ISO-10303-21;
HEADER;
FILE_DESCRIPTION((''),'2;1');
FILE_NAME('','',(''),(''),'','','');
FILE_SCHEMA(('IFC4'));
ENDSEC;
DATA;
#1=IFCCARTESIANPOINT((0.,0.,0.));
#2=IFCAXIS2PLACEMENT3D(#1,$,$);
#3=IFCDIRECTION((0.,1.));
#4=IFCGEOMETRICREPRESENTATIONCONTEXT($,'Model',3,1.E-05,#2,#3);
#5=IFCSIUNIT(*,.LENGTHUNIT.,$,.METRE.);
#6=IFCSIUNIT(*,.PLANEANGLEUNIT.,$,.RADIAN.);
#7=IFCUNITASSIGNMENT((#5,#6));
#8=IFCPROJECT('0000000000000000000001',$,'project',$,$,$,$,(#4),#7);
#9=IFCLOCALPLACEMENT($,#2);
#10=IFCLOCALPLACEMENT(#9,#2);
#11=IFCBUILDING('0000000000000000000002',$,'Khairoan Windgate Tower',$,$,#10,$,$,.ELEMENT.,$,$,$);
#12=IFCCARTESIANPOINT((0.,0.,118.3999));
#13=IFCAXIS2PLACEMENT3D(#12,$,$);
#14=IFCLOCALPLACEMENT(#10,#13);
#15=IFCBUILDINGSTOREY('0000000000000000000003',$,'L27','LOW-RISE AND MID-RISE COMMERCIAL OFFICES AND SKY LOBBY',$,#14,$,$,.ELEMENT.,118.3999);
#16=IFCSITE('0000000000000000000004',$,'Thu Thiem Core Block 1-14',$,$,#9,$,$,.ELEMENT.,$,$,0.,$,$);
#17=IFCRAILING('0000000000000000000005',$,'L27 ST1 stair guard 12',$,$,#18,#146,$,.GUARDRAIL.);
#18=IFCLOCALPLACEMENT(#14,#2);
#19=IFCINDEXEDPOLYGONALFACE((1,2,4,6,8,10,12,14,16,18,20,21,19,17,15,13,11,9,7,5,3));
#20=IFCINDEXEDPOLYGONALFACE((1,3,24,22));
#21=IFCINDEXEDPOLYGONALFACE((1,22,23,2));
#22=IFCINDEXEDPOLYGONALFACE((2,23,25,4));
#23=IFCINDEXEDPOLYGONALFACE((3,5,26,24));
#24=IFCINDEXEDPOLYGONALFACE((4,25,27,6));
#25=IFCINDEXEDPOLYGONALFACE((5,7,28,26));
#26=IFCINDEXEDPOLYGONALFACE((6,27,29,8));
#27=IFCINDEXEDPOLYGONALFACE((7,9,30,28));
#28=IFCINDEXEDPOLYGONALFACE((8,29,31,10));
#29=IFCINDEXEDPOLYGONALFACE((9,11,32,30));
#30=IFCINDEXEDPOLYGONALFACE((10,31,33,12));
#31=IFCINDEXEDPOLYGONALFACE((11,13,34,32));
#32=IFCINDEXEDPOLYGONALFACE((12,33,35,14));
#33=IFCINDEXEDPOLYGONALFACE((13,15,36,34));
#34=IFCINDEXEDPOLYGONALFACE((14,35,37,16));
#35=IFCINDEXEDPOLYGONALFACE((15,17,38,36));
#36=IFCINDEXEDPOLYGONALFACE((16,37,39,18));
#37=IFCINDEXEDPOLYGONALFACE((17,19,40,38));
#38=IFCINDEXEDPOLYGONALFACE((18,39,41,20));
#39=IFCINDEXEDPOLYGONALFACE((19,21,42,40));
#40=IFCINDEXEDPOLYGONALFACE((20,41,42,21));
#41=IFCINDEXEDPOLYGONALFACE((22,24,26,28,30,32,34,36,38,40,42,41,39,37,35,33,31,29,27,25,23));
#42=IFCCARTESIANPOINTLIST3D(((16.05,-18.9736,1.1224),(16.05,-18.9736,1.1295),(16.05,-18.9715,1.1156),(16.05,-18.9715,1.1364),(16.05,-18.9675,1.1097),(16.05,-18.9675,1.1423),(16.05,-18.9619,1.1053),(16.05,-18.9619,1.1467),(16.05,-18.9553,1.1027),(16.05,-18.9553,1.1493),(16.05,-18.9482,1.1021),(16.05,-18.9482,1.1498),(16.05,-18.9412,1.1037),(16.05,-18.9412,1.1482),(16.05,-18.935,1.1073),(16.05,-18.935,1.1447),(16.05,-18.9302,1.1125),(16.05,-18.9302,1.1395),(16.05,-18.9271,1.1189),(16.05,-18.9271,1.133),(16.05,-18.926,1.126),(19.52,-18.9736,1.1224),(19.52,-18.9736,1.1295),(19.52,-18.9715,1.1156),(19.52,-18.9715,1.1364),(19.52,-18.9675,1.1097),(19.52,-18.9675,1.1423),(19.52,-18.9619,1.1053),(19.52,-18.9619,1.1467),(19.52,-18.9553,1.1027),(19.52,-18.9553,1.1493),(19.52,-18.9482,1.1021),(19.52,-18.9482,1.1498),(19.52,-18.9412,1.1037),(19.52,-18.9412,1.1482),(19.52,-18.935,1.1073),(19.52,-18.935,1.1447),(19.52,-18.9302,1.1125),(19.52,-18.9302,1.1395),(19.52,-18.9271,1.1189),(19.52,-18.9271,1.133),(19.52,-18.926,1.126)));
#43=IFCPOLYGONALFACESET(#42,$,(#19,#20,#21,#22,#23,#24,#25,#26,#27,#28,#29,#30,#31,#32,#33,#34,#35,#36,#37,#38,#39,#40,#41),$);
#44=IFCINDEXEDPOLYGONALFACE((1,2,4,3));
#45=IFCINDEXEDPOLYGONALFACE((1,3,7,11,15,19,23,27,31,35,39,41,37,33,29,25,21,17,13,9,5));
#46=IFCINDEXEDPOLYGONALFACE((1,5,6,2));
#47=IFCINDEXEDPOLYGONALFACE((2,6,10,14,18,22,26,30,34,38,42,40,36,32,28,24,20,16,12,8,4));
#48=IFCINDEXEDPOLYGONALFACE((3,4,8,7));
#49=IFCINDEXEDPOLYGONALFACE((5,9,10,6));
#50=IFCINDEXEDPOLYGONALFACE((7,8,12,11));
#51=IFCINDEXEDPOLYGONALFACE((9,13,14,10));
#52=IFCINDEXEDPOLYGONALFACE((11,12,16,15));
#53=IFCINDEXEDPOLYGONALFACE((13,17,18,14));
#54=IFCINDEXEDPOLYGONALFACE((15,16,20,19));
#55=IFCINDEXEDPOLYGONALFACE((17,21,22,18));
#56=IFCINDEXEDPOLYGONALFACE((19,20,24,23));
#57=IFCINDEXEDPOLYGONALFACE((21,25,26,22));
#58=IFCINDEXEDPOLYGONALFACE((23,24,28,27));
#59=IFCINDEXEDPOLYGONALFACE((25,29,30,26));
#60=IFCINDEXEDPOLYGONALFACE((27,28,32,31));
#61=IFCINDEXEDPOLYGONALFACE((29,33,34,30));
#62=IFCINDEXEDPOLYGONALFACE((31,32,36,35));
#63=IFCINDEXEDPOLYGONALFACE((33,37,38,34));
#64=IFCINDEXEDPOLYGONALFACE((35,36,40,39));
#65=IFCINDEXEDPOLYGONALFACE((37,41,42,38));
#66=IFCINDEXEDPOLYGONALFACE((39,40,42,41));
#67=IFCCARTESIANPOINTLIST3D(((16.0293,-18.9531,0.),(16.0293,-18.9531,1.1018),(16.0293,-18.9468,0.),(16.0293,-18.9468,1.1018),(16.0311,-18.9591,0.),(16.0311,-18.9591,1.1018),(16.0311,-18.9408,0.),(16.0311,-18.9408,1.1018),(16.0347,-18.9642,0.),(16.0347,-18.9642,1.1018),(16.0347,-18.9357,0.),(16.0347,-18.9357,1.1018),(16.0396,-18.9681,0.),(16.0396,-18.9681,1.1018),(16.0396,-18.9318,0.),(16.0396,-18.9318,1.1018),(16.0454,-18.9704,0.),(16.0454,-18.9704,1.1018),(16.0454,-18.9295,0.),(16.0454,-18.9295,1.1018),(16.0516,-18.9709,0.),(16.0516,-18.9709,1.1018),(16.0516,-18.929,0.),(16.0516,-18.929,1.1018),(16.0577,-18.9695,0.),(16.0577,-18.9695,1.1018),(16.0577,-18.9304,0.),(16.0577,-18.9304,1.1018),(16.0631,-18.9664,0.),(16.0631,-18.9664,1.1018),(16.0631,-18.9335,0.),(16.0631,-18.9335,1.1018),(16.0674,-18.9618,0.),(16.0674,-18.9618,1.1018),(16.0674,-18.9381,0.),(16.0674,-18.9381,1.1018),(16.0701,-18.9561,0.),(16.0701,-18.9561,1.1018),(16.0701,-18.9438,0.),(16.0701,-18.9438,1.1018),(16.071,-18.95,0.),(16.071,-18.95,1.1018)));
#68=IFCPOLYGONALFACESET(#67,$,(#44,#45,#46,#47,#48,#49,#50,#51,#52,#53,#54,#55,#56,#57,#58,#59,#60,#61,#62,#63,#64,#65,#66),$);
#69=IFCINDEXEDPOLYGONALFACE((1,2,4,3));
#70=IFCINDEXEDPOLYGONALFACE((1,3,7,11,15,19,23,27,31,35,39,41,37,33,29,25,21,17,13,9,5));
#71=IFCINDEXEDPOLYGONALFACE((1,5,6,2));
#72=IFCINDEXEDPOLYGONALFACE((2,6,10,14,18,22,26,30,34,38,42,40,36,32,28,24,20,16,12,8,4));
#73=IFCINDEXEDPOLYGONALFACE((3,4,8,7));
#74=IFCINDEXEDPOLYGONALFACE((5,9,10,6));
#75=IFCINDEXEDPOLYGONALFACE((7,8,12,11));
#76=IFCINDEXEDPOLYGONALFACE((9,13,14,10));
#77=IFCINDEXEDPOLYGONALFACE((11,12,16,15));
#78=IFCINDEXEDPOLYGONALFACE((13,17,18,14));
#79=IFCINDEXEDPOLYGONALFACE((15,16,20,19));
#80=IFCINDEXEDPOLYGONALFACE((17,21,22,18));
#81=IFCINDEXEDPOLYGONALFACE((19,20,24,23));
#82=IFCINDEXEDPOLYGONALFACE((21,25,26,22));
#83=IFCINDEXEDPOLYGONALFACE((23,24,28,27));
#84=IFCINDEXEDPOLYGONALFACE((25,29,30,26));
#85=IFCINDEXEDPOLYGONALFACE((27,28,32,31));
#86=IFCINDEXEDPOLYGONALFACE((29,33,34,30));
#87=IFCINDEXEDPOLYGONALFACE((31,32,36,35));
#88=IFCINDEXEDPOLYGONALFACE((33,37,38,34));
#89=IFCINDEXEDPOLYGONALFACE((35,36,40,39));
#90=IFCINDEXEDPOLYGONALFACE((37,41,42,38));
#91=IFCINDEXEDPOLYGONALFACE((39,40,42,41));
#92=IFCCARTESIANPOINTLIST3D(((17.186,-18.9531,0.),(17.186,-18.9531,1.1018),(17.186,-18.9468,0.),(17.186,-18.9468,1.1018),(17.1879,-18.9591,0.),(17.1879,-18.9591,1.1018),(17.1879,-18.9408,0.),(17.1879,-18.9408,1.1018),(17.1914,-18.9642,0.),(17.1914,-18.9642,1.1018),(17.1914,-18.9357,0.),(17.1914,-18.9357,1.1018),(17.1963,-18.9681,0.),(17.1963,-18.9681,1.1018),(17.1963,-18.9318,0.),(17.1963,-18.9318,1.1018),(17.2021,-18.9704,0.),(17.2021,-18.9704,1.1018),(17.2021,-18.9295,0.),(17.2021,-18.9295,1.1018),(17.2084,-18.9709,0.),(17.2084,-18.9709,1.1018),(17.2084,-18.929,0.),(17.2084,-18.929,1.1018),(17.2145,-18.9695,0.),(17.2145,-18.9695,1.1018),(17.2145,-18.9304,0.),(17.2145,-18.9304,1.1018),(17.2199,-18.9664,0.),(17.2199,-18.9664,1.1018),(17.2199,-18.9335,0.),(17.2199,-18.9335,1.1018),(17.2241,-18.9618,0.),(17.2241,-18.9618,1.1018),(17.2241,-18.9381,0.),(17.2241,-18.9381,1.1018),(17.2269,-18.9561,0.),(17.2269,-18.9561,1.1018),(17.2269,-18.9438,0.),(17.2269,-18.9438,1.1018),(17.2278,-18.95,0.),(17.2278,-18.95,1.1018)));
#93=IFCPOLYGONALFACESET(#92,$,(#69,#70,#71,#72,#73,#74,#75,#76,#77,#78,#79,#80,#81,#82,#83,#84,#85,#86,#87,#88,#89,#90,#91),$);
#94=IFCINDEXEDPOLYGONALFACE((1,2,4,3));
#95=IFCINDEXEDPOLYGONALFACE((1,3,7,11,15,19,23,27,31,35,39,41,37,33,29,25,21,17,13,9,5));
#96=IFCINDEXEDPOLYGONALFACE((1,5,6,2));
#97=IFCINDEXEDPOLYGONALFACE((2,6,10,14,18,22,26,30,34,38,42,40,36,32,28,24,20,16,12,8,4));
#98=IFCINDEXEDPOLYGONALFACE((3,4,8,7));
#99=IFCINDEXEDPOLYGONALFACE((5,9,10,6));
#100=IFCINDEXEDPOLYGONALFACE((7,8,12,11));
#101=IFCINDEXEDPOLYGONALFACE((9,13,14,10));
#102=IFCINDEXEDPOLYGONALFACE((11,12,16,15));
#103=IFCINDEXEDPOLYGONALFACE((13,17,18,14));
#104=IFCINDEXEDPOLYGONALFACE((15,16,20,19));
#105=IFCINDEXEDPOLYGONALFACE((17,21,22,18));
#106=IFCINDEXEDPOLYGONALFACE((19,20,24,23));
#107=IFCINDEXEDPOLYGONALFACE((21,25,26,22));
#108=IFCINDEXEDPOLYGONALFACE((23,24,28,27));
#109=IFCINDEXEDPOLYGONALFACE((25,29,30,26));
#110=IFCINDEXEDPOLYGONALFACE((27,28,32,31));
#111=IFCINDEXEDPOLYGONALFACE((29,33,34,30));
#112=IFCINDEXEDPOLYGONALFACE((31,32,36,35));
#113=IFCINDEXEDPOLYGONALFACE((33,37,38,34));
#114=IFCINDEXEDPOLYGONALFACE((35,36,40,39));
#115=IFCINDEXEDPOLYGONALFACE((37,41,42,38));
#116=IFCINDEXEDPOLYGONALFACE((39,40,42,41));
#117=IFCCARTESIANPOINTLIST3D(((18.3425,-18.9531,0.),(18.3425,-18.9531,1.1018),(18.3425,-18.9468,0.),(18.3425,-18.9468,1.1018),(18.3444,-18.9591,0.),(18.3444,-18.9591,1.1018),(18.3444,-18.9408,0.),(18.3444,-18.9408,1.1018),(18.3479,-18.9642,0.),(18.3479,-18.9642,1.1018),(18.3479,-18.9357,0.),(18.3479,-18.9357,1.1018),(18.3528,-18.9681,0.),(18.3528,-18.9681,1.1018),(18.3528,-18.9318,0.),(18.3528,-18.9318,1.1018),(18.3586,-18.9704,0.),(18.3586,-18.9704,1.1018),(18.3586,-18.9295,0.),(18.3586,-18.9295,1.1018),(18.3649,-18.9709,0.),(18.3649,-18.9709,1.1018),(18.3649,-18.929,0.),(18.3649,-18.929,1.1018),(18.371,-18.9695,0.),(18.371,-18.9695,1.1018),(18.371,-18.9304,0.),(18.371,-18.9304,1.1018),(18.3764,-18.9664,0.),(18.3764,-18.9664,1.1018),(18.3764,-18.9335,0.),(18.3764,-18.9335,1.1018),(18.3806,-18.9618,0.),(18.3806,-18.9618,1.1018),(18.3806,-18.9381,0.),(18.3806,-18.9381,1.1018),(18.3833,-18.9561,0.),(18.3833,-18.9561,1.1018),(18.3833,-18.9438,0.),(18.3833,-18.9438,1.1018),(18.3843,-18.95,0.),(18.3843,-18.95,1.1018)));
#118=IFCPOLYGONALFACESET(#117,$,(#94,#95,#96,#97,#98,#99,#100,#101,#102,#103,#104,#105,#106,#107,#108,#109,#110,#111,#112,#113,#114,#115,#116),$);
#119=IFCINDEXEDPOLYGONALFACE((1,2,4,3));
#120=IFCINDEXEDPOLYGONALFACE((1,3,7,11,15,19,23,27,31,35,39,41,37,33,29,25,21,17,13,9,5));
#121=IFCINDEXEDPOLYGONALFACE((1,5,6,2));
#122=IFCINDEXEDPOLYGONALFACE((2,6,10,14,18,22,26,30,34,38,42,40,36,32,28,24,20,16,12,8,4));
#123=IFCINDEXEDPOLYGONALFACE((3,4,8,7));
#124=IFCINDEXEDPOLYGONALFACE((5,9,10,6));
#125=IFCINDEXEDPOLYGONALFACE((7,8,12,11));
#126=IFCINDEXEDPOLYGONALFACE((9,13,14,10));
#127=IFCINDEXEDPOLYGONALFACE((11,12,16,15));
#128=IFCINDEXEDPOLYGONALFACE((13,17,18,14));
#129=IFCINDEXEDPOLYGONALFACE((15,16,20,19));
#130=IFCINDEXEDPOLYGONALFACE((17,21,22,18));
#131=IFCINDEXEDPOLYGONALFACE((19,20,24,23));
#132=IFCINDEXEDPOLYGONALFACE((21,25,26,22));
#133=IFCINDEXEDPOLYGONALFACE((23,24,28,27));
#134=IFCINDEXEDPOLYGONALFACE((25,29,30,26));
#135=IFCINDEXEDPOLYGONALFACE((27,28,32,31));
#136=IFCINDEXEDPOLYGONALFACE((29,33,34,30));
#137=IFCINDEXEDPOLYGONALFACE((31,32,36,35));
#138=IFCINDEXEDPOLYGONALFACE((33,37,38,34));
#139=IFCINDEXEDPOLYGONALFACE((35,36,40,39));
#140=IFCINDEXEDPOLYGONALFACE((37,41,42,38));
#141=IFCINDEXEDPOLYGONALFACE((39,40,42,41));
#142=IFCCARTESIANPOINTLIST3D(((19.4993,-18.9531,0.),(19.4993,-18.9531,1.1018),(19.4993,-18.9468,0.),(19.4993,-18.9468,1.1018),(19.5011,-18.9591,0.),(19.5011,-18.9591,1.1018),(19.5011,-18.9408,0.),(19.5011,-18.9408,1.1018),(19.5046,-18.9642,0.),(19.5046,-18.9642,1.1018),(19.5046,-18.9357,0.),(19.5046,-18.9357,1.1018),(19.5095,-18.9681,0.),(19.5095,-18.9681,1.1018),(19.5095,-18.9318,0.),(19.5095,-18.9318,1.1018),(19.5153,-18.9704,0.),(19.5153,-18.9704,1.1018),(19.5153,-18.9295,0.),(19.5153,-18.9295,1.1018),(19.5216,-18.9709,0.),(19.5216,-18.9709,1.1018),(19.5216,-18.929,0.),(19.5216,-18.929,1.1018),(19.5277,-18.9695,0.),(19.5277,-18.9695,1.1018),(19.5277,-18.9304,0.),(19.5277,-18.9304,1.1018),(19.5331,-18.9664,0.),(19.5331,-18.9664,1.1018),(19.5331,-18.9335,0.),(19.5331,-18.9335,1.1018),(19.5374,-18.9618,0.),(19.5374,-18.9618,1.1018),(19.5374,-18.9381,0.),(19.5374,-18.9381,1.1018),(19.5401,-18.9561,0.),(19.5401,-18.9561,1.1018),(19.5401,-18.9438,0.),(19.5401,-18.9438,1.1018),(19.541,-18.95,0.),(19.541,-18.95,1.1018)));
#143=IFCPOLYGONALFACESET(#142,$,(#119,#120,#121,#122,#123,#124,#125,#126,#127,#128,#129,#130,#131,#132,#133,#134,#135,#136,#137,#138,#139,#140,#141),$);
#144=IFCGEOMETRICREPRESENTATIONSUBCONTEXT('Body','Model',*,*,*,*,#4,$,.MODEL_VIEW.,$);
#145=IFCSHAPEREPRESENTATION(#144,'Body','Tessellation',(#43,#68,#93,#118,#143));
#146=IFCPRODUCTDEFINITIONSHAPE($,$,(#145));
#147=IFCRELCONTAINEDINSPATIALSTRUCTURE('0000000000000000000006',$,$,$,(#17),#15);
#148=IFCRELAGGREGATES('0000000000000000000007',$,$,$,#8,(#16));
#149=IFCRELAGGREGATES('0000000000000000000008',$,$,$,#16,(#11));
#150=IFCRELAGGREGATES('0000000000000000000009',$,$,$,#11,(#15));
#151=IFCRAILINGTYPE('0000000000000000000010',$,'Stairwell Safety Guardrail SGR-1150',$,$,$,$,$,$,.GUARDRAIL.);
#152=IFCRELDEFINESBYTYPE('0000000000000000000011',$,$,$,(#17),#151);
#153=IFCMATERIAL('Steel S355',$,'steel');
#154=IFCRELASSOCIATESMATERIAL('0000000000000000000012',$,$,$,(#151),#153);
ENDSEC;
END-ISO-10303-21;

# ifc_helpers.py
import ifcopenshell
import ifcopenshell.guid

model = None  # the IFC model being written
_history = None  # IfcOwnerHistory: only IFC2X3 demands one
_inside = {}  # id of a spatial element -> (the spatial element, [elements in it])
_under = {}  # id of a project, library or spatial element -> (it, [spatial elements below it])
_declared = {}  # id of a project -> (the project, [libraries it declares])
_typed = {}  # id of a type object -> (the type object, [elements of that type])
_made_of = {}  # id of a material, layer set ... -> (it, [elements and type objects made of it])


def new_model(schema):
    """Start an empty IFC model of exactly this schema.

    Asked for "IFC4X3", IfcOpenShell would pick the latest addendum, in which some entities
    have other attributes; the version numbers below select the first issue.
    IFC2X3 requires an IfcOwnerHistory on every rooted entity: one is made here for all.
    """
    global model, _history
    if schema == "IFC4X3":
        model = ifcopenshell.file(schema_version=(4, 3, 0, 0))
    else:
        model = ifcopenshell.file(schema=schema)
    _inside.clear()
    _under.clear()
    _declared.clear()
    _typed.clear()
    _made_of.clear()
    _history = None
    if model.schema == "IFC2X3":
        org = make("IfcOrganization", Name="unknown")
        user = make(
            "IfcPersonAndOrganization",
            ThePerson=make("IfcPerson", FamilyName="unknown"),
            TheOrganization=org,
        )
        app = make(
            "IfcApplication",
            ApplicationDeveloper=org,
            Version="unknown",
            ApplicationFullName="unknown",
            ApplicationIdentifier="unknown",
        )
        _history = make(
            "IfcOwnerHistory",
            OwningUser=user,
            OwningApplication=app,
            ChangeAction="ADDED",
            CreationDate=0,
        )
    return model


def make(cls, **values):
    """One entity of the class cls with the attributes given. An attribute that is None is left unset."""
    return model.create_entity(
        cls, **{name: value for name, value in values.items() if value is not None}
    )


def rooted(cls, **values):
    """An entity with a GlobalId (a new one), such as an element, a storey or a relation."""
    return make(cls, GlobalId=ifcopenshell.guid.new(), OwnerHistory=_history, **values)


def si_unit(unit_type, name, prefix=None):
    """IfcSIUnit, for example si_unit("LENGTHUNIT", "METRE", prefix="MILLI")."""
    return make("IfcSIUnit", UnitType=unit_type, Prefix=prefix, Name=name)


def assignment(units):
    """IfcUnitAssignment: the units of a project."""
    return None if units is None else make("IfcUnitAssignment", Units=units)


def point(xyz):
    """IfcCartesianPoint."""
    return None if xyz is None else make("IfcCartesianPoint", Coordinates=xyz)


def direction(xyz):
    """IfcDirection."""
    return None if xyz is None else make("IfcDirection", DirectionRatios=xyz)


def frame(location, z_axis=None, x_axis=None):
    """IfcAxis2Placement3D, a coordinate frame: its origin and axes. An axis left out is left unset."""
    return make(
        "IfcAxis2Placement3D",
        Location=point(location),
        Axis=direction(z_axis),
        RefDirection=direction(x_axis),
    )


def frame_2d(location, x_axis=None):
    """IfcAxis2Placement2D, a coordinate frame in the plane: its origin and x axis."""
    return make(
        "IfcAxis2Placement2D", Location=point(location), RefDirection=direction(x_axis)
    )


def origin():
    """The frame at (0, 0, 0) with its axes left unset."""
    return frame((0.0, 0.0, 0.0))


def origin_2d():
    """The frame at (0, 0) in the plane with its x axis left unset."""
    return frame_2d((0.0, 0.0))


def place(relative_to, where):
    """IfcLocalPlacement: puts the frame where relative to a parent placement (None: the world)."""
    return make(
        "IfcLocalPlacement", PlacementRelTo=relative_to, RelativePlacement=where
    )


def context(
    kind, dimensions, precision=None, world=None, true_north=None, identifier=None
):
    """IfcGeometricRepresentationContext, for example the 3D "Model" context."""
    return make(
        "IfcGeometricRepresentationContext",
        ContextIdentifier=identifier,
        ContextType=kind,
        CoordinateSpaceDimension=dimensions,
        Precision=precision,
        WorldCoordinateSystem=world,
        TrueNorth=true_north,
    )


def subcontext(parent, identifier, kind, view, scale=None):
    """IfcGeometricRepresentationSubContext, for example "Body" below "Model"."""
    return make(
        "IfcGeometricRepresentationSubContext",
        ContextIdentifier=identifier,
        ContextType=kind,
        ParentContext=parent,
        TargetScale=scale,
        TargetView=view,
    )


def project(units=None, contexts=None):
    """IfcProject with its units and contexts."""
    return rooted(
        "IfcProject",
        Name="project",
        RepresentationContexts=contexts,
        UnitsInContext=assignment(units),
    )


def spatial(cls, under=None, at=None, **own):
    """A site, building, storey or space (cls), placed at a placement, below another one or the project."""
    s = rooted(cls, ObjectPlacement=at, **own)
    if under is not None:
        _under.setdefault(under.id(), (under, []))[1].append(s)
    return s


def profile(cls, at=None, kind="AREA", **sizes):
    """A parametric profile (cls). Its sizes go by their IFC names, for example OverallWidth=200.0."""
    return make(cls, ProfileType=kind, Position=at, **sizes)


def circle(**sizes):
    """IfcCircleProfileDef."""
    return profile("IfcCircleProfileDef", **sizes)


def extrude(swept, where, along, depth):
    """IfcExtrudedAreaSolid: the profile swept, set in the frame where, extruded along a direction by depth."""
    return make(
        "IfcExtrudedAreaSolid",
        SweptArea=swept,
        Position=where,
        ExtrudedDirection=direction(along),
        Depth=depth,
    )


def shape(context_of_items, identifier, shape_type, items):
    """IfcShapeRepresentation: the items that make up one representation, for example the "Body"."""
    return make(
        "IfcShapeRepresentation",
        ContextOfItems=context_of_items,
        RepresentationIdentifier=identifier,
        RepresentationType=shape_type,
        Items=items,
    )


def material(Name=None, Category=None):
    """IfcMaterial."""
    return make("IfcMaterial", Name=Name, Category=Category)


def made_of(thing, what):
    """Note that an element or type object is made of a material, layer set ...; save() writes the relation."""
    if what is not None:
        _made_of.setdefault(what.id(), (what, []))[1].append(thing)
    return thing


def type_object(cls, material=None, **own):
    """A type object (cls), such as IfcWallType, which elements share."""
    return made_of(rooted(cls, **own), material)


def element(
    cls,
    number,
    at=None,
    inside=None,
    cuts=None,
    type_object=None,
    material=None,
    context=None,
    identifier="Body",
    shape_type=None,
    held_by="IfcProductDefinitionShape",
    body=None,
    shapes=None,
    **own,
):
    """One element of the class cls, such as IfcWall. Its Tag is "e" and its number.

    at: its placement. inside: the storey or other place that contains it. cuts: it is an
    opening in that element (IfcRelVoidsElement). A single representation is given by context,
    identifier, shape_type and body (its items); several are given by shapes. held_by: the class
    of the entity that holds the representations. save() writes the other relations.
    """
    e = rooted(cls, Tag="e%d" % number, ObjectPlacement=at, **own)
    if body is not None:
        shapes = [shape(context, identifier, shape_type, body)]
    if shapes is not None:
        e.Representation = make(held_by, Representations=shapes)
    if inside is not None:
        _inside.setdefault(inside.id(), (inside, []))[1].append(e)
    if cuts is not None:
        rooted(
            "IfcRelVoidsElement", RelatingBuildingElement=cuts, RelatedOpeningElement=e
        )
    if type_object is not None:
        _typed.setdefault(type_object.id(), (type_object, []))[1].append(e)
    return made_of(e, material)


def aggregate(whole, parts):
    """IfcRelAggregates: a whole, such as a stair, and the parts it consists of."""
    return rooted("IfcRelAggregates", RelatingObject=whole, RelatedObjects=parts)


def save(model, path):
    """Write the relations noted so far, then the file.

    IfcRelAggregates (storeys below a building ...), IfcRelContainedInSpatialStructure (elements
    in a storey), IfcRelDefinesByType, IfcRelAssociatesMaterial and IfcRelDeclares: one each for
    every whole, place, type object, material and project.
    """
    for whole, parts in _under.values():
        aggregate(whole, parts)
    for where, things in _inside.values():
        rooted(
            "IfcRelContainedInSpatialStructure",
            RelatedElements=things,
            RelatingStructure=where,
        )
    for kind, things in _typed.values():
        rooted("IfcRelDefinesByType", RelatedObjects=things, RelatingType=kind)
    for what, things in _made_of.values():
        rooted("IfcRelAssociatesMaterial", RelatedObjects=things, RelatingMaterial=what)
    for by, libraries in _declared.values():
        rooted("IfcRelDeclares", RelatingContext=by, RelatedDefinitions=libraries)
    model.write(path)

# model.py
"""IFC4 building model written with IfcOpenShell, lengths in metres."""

from ifc_helpers import new_model, si_unit, direction, frame, origin, origin_2d, place, context, subcontext, project, spatial, circle, extrude, material, type_object, element, save


model = new_model("IFC4")

# Units and contexts
model_context = context("Model", 3, precision=1e-05, world=origin(), true_north=direction((0.0, 1.0)))
body_context = subcontext(model_context, "Body", "Model", "MODEL_VIEW")
ifc_project = project(units=[si_unit("LENGTHUNIT", "METRE"), si_unit("PLANEANGLEUNIT", "RADIAN")], contexts=[model_context])

# Site, building, storey
site_placement = place(None, origin())
site = spatial("IfcSite", under=ifc_project, at=site_placement, Name="Thu Thiem Core Block 1-14", CompositionType="ELEMENT", RefElevation=0.0)
building_placement = place(site_placement, origin())
building = spatial("IfcBuilding", under=site, at=building_placement, Name="Khairoan Windgate Tower", CompositionType="ELEMENT")
storey_placement = place(building_placement, frame((0.0, 0.0, 118.3999)))
storey = spatial("IfcBuildingStorey", under=building, at=storey_placement, Name="L27", Description="LOW-RISE AND MID-RISE COMMERCIAL OFFICES AND SKY LOBBY", CompositionType="ELEMENT", Elevation=118.3999)

# Railing
ifc_material_1 = material(Name="Steel S355", Category="steel")
railing_type_1 = type_object("IfcRailingType", Name="Stairwell Safety Guardrail SGR-1150", PredefinedType="GUARDRAIL", material=ifc_material_1)
railing_1_placement = place(storey_placement, frame((16.05, -18.95, 0.0)))
element("IfcRailing", 1, at=railing_1_placement, inside=storey, type_object=railing_type_1, Name="L27 ST1 stair guard 12", PredefinedType="GUARDRAIL", context=body_context, shape_type="SweptSolid", body=[
    extrude(circle(Radius=0.0239, at=origin_2d()), frame((0.0, 0.0, 1.126), z_axis=(1.0, 0.0, 0.0), x_axis=(0.0, 1.0, 0.0)), (0.0, 0.0, 1.0), 3.47),
    extrude(circle(Radius=0.021, at=origin_2d()), origin(), (0.0, 0.0, 1.0), 1.1018),
    extrude(circle(Radius=0.021, at=origin_2d()), frame((1.1567, 0.0, 0.0)), (0.0, 0.0, 1.0), 1.1018),
    extrude(circle(Radius=0.021, at=origin_2d()), frame((2.3132, 0.0, 0.0)), (0.0, 0.0, 1.0), 1.1018),
    extrude(circle(Radius=0.021, at=origin_2d()), frame((3.47, 0.0, 0.0)), (0.0, 0.0, 1.0), 1.1018),
])

save(model, "model.ifc")
